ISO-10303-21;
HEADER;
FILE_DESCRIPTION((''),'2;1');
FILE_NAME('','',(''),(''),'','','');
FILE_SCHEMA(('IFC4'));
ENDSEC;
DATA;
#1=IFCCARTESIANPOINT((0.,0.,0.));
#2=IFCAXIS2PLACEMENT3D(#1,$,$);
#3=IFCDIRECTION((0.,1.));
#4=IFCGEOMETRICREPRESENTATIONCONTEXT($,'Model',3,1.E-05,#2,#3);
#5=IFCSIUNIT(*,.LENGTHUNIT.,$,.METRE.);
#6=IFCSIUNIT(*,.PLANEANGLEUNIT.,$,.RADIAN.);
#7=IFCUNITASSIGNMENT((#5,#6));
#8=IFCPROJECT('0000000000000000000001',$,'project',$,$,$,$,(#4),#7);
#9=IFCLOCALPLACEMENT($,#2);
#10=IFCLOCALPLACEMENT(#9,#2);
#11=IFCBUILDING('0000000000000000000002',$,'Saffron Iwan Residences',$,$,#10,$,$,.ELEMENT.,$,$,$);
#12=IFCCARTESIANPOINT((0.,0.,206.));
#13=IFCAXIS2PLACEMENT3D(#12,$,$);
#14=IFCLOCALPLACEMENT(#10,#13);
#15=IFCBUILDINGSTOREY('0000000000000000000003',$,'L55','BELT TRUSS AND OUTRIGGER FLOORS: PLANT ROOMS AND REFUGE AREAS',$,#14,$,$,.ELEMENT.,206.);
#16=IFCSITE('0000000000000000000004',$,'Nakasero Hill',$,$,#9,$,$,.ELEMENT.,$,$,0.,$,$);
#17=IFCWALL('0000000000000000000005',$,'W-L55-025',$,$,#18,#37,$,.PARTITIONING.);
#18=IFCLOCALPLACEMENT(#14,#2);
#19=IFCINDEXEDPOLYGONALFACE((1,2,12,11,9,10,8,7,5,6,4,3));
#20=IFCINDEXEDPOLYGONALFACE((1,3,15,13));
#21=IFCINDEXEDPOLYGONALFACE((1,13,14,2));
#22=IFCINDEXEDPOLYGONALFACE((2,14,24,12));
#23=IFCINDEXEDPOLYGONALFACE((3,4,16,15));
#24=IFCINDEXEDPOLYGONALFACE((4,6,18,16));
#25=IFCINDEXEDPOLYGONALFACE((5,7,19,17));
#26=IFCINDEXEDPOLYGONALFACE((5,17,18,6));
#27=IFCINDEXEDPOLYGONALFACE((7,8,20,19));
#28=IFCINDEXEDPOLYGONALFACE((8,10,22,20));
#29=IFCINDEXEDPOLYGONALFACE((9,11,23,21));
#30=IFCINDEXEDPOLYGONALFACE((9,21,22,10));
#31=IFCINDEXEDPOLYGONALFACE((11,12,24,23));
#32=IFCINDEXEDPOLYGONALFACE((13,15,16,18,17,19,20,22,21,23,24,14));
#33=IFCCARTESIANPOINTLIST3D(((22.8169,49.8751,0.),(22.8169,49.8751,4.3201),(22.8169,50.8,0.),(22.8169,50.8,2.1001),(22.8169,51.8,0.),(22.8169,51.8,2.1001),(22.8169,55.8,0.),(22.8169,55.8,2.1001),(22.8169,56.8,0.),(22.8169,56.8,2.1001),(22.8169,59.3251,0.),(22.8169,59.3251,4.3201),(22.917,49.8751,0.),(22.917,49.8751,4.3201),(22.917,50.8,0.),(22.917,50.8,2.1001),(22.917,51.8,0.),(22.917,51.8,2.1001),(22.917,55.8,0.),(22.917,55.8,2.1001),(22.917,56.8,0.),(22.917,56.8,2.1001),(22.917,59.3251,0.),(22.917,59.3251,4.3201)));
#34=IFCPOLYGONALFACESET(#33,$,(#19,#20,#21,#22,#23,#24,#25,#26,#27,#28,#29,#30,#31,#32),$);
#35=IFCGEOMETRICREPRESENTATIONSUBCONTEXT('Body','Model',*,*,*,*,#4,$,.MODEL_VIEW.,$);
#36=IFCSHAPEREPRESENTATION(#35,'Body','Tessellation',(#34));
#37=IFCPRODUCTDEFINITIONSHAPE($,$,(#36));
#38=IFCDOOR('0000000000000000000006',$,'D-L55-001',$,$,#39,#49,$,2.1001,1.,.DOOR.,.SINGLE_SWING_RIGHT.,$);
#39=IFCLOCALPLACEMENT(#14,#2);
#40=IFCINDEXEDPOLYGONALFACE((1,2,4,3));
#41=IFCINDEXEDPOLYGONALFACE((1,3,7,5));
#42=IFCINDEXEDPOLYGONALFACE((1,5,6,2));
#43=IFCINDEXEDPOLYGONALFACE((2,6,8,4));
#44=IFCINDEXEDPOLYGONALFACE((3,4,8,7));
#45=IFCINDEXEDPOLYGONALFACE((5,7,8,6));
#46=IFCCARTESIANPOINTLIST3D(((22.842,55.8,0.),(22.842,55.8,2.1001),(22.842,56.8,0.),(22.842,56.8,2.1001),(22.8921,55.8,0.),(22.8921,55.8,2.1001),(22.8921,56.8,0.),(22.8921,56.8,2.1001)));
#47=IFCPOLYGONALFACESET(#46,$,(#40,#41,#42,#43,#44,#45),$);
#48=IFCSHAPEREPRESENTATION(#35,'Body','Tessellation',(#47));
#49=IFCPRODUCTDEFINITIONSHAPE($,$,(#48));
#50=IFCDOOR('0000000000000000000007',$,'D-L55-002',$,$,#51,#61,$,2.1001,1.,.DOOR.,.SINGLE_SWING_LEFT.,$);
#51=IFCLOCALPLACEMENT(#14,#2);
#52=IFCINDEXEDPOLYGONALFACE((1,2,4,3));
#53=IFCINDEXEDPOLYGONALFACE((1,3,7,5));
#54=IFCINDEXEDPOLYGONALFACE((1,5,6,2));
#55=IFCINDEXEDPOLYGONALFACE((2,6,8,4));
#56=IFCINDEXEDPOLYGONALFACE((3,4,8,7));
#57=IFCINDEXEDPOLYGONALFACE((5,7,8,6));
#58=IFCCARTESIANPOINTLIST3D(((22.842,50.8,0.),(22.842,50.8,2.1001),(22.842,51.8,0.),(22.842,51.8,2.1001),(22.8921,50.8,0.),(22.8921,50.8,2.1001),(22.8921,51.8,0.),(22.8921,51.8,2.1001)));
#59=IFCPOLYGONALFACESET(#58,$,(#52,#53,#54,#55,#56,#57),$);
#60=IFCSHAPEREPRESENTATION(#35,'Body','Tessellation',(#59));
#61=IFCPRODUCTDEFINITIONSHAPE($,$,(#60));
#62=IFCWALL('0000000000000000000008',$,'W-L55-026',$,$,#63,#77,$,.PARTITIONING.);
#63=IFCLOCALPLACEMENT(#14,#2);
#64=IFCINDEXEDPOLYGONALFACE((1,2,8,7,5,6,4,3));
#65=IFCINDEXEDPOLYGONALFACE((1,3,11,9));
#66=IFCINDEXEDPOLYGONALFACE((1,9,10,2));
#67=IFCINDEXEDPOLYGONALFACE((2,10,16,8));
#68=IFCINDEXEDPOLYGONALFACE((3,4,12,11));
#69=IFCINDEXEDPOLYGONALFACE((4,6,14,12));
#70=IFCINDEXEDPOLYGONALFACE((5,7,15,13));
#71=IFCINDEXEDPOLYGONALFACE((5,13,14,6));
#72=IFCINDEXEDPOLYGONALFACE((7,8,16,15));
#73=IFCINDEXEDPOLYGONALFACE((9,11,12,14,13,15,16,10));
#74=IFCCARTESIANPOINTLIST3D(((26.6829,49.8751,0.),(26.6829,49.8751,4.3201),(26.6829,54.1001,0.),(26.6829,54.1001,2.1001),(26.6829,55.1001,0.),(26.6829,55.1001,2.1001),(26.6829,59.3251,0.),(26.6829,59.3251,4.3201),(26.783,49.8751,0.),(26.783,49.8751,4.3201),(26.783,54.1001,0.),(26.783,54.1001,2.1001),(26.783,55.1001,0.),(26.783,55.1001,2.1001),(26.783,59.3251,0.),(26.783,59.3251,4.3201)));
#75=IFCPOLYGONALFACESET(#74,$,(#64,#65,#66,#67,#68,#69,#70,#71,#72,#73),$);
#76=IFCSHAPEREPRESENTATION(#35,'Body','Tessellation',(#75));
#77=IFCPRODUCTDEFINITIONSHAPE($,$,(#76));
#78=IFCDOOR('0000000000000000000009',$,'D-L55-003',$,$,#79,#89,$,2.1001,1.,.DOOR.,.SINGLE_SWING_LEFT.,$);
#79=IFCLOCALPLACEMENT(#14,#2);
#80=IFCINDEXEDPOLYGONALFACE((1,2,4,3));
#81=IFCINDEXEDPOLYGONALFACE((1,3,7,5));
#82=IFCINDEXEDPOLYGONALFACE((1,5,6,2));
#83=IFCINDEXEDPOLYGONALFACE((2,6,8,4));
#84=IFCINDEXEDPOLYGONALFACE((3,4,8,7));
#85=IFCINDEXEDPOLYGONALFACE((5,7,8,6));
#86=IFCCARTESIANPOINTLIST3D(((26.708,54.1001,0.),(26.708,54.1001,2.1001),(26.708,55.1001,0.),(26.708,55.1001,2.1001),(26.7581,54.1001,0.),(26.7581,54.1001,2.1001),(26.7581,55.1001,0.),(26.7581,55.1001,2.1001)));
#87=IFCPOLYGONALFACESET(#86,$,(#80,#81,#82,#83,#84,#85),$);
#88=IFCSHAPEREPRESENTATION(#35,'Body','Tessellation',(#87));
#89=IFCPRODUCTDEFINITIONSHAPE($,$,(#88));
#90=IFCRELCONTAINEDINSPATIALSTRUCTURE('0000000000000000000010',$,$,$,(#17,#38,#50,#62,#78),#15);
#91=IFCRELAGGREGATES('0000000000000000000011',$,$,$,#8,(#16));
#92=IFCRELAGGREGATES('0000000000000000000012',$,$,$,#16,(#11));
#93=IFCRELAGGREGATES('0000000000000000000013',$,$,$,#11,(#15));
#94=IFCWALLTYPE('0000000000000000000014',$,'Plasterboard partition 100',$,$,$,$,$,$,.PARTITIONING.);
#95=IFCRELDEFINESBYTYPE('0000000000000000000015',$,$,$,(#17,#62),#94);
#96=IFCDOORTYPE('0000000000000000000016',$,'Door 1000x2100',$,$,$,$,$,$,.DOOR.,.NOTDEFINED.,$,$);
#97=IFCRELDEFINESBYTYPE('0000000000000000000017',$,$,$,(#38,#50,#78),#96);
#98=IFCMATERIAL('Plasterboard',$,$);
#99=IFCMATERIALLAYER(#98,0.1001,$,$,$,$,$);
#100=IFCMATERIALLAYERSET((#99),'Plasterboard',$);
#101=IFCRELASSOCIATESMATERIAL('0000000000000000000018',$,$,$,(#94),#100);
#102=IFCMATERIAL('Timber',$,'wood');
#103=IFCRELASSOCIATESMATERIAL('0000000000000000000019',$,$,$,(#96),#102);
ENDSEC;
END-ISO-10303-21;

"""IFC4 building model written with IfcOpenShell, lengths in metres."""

from ifc_helpers import new_model, si_unit, direction, frame, frame_2d, origin, place, context, subcontext, project, spatial, rectangle, extrude, material, layer, layer_set, type_object, element, fill, save


model = new_model("IFC4")

# Units and contexts
model_context = context("Model", 3, precision=1e-05, world=origin(), true_north=direction((0.0, 1.0)))
body_context = subcontext(model_context, "Body", "Model", "MODEL_VIEW")
ifc_project = project(units=[si_unit("LENGTHUNIT", "METRE"), si_unit("PLANEANGLEUNIT", "RADIAN")], contexts=[model_context])

# Site, building, storey
site_placement = place(None, origin())
site = spatial("IfcSite", under=ifc_project, at=site_placement, Name="Nakasero Hill", CompositionType="ELEMENT", RefElevation=0.0)
building_placement = place(site_placement, origin())
building = spatial("IfcBuilding", under=site, at=building_placement, Name="Saffron Iwan Residences", CompositionType="ELEMENT")
storey_placement = place(building_placement, frame((0.0, 0.0, 206.0)))
storey = spatial("IfcBuildingStorey", under=building, at=storey_placement, Name="L55", Description="BELT TRUSS AND OUTRIGGER FLOORS: PLANT ROOMS AND REFUGE AREAS", CompositionType="ELEMENT", Elevation=206.0)

# Shared definitions
ifc_material_1 = material(Name="Plasterboard")
ifc_layer_1 = layer(ifc_material_1, 0.1001)
ifc_layer_set_1 = layer_set([ifc_layer_1], Name="Plasterboard")
wall_type_1 = type_object("IfcWallType", Name="Plasterboard partition 100", PredefinedType="PARTITIONING", material=ifc_layer_set_1)

# Wall, openings, doors
wall_1_placement = place(storey_placement, frame((22.8669, 49.875, 0.0), z_axis=(0.0, 0.0, 1.0), x_axis=(0.0, 1.0, 0.0)))
wall_1 = element("IfcWall", 1, at=wall_1_placement, inside=storey, type_object=wall_type_1, Name="W-L55-025", PredefinedType="PARTITIONING", context=body_context, shape_type="SweptSolid", body=[
    extrude(rectangle(XDim=9.45, YDim=0.1001, at=frame_2d((4.7251, 0.0))), origin(), (0.0, 0.0, 1.0), 4.3201),
])
opening_1_placement = place(wall_1_placement, frame((5.925, 0.0, 0.0)))
opening_1 = element("IfcOpeningElement", 2, at=opening_1_placement, cuts=wall_1, PredefinedType="OPENING", context=body_context, shape_type="SweptSolid", body=[
    extrude(rectangle(XDim=1.0, YDim=2.1001, at=frame_2d((0.5, 1.05))), frame((0.0, 0.0601, 0.0), z_axis=(0.0, -1.0, 0.0), x_axis=(1.0, 0.0, 0.0)), (0.0, 0.0, 1.0), 0.1201),
])
opening_2_placement = place(wall_1_placement, frame((0.925, 0.0, 0.0)))
opening_2 = element("IfcOpeningElement", 3, at=opening_2_placement, cuts=wall_1, PredefinedType="OPENING", context=body_context, shape_type="SweptSolid", body=[
    extrude(rectangle(XDim=1.0, YDim=2.1001, at=frame_2d((0.5, 1.05))), frame((0.0, 0.0601, 0.0), z_axis=(0.0, -1.0, 0.0), x_axis=(1.0, 0.0, 0.0)), (0.0, 0.0, 1.0), 0.1201),
])
ifc_material_2 = material(Name="Timber", Category="wood")
door_type = type_object("IfcDoorType", Name="Door 1000x2100", OperationType="NOTDEFINED", PredefinedType="DOOR", material=ifc_material_2)
door_1_placement = place(opening_1_placement, origin())
door_1 = element("IfcDoor", 4, at=door_1_placement, inside=storey, type_object=door_type, Name="D-L55-001", OperationType="SINGLE_SWING_RIGHT", OverallHeight=2.1001, OverallWidth=1.0, PredefinedType="DOOR", context=body_context, shape_type="SweptSolid", body=[
    extrude(rectangle(XDim=1.0, YDim=2.1001, at=frame_2d((0.5, 1.05))), frame((0.0, 0.0249, 0.0), z_axis=(0.0, -1.0, 0.0), x_axis=(1.0, 0.0, 0.0)), (0.0, 0.0, 1.0), 0.05),
])
fill(opening_1, door_1)
door_2_placement = place(opening_2_placement, origin())
door_2 = element("IfcDoor", 5, at=door_2_placement, inside=storey, type_object=door_type, Name="D-L55-002", OperationType="SINGLE_SWING_LEFT", OverallHeight=2.1001, OverallWidth=1.0, PredefinedType="DOOR", context=body_context, shape_type="SweptSolid", body=[
    extrude(rectangle(XDim=1.0, YDim=2.1001, at=frame_2d((0.5, 1.05))), frame((0.0, 0.0249, 0.0), z_axis=(0.0, -1.0, 0.0), x_axis=(1.0, 0.0, 0.0)), (0.0, 0.0, 1.0), 0.05),
])
fill(opening_2, door_2)

# Wall, opening, door
wall_2_placement = place(storey_placement, frame((26.7329, 49.875, 0.0), z_axis=(0.0, 0.0, 1.0), x_axis=(0.0, 1.0, 0.0)))
wall_2 = element("IfcWall", 6, at=wall_2_placement, inside=storey, type_object=wall_type_1, Name="W-L55-026", PredefinedType="PARTITIONING", context=body_context, shape_type="SweptSolid", body=[
    extrude(rectangle(XDim=9.45, YDim=0.1001, at=frame_2d((4.7251, 0.0))), origin(), (0.0, 0.0, 1.0), 4.3201),
])
opening_3_placement = place(wall_2_placement, frame((4.2251, 0.0, 0.0)))
opening_3 = element("IfcOpeningElement", 7, at=opening_3_placement, cuts=wall_2, PredefinedType="OPENING", context=body_context, shape_type="SweptSolid", body=[
    extrude(rectangle(XDim=1.0, YDim=2.1001, at=frame_2d((0.5, 1.05))), frame((0.0, 0.0601, 0.0), z_axis=(0.0, -1.0, 0.0), x_axis=(1.0, 0.0, 0.0)), (0.0, 0.0, 1.0), 0.1201),
])
door_3_placement = place(opening_3_placement, origin())
door_3 = element("IfcDoor", 8, at=door_3_placement, inside=storey, type_object=door_type, Name="D-L55-003", OperationType="SINGLE_SWING_LEFT", OverallHeight=2.1001, OverallWidth=1.0, PredefinedType="DOOR", context=body_context, shape_type="SweptSolid", body=[
    extrude(rectangle(XDim=1.0, YDim=2.1001, at=frame_2d((0.5, 1.05))), frame((0.0, 0.0249, 0.0), z_axis=(0.0, -1.0, 0.0), x_axis=(1.0, 0.0, 0.0)), (0.0, 0.0, 1.0), 0.05),
])
fill(opening_3, door_3)

save(model, "model.ifc")
